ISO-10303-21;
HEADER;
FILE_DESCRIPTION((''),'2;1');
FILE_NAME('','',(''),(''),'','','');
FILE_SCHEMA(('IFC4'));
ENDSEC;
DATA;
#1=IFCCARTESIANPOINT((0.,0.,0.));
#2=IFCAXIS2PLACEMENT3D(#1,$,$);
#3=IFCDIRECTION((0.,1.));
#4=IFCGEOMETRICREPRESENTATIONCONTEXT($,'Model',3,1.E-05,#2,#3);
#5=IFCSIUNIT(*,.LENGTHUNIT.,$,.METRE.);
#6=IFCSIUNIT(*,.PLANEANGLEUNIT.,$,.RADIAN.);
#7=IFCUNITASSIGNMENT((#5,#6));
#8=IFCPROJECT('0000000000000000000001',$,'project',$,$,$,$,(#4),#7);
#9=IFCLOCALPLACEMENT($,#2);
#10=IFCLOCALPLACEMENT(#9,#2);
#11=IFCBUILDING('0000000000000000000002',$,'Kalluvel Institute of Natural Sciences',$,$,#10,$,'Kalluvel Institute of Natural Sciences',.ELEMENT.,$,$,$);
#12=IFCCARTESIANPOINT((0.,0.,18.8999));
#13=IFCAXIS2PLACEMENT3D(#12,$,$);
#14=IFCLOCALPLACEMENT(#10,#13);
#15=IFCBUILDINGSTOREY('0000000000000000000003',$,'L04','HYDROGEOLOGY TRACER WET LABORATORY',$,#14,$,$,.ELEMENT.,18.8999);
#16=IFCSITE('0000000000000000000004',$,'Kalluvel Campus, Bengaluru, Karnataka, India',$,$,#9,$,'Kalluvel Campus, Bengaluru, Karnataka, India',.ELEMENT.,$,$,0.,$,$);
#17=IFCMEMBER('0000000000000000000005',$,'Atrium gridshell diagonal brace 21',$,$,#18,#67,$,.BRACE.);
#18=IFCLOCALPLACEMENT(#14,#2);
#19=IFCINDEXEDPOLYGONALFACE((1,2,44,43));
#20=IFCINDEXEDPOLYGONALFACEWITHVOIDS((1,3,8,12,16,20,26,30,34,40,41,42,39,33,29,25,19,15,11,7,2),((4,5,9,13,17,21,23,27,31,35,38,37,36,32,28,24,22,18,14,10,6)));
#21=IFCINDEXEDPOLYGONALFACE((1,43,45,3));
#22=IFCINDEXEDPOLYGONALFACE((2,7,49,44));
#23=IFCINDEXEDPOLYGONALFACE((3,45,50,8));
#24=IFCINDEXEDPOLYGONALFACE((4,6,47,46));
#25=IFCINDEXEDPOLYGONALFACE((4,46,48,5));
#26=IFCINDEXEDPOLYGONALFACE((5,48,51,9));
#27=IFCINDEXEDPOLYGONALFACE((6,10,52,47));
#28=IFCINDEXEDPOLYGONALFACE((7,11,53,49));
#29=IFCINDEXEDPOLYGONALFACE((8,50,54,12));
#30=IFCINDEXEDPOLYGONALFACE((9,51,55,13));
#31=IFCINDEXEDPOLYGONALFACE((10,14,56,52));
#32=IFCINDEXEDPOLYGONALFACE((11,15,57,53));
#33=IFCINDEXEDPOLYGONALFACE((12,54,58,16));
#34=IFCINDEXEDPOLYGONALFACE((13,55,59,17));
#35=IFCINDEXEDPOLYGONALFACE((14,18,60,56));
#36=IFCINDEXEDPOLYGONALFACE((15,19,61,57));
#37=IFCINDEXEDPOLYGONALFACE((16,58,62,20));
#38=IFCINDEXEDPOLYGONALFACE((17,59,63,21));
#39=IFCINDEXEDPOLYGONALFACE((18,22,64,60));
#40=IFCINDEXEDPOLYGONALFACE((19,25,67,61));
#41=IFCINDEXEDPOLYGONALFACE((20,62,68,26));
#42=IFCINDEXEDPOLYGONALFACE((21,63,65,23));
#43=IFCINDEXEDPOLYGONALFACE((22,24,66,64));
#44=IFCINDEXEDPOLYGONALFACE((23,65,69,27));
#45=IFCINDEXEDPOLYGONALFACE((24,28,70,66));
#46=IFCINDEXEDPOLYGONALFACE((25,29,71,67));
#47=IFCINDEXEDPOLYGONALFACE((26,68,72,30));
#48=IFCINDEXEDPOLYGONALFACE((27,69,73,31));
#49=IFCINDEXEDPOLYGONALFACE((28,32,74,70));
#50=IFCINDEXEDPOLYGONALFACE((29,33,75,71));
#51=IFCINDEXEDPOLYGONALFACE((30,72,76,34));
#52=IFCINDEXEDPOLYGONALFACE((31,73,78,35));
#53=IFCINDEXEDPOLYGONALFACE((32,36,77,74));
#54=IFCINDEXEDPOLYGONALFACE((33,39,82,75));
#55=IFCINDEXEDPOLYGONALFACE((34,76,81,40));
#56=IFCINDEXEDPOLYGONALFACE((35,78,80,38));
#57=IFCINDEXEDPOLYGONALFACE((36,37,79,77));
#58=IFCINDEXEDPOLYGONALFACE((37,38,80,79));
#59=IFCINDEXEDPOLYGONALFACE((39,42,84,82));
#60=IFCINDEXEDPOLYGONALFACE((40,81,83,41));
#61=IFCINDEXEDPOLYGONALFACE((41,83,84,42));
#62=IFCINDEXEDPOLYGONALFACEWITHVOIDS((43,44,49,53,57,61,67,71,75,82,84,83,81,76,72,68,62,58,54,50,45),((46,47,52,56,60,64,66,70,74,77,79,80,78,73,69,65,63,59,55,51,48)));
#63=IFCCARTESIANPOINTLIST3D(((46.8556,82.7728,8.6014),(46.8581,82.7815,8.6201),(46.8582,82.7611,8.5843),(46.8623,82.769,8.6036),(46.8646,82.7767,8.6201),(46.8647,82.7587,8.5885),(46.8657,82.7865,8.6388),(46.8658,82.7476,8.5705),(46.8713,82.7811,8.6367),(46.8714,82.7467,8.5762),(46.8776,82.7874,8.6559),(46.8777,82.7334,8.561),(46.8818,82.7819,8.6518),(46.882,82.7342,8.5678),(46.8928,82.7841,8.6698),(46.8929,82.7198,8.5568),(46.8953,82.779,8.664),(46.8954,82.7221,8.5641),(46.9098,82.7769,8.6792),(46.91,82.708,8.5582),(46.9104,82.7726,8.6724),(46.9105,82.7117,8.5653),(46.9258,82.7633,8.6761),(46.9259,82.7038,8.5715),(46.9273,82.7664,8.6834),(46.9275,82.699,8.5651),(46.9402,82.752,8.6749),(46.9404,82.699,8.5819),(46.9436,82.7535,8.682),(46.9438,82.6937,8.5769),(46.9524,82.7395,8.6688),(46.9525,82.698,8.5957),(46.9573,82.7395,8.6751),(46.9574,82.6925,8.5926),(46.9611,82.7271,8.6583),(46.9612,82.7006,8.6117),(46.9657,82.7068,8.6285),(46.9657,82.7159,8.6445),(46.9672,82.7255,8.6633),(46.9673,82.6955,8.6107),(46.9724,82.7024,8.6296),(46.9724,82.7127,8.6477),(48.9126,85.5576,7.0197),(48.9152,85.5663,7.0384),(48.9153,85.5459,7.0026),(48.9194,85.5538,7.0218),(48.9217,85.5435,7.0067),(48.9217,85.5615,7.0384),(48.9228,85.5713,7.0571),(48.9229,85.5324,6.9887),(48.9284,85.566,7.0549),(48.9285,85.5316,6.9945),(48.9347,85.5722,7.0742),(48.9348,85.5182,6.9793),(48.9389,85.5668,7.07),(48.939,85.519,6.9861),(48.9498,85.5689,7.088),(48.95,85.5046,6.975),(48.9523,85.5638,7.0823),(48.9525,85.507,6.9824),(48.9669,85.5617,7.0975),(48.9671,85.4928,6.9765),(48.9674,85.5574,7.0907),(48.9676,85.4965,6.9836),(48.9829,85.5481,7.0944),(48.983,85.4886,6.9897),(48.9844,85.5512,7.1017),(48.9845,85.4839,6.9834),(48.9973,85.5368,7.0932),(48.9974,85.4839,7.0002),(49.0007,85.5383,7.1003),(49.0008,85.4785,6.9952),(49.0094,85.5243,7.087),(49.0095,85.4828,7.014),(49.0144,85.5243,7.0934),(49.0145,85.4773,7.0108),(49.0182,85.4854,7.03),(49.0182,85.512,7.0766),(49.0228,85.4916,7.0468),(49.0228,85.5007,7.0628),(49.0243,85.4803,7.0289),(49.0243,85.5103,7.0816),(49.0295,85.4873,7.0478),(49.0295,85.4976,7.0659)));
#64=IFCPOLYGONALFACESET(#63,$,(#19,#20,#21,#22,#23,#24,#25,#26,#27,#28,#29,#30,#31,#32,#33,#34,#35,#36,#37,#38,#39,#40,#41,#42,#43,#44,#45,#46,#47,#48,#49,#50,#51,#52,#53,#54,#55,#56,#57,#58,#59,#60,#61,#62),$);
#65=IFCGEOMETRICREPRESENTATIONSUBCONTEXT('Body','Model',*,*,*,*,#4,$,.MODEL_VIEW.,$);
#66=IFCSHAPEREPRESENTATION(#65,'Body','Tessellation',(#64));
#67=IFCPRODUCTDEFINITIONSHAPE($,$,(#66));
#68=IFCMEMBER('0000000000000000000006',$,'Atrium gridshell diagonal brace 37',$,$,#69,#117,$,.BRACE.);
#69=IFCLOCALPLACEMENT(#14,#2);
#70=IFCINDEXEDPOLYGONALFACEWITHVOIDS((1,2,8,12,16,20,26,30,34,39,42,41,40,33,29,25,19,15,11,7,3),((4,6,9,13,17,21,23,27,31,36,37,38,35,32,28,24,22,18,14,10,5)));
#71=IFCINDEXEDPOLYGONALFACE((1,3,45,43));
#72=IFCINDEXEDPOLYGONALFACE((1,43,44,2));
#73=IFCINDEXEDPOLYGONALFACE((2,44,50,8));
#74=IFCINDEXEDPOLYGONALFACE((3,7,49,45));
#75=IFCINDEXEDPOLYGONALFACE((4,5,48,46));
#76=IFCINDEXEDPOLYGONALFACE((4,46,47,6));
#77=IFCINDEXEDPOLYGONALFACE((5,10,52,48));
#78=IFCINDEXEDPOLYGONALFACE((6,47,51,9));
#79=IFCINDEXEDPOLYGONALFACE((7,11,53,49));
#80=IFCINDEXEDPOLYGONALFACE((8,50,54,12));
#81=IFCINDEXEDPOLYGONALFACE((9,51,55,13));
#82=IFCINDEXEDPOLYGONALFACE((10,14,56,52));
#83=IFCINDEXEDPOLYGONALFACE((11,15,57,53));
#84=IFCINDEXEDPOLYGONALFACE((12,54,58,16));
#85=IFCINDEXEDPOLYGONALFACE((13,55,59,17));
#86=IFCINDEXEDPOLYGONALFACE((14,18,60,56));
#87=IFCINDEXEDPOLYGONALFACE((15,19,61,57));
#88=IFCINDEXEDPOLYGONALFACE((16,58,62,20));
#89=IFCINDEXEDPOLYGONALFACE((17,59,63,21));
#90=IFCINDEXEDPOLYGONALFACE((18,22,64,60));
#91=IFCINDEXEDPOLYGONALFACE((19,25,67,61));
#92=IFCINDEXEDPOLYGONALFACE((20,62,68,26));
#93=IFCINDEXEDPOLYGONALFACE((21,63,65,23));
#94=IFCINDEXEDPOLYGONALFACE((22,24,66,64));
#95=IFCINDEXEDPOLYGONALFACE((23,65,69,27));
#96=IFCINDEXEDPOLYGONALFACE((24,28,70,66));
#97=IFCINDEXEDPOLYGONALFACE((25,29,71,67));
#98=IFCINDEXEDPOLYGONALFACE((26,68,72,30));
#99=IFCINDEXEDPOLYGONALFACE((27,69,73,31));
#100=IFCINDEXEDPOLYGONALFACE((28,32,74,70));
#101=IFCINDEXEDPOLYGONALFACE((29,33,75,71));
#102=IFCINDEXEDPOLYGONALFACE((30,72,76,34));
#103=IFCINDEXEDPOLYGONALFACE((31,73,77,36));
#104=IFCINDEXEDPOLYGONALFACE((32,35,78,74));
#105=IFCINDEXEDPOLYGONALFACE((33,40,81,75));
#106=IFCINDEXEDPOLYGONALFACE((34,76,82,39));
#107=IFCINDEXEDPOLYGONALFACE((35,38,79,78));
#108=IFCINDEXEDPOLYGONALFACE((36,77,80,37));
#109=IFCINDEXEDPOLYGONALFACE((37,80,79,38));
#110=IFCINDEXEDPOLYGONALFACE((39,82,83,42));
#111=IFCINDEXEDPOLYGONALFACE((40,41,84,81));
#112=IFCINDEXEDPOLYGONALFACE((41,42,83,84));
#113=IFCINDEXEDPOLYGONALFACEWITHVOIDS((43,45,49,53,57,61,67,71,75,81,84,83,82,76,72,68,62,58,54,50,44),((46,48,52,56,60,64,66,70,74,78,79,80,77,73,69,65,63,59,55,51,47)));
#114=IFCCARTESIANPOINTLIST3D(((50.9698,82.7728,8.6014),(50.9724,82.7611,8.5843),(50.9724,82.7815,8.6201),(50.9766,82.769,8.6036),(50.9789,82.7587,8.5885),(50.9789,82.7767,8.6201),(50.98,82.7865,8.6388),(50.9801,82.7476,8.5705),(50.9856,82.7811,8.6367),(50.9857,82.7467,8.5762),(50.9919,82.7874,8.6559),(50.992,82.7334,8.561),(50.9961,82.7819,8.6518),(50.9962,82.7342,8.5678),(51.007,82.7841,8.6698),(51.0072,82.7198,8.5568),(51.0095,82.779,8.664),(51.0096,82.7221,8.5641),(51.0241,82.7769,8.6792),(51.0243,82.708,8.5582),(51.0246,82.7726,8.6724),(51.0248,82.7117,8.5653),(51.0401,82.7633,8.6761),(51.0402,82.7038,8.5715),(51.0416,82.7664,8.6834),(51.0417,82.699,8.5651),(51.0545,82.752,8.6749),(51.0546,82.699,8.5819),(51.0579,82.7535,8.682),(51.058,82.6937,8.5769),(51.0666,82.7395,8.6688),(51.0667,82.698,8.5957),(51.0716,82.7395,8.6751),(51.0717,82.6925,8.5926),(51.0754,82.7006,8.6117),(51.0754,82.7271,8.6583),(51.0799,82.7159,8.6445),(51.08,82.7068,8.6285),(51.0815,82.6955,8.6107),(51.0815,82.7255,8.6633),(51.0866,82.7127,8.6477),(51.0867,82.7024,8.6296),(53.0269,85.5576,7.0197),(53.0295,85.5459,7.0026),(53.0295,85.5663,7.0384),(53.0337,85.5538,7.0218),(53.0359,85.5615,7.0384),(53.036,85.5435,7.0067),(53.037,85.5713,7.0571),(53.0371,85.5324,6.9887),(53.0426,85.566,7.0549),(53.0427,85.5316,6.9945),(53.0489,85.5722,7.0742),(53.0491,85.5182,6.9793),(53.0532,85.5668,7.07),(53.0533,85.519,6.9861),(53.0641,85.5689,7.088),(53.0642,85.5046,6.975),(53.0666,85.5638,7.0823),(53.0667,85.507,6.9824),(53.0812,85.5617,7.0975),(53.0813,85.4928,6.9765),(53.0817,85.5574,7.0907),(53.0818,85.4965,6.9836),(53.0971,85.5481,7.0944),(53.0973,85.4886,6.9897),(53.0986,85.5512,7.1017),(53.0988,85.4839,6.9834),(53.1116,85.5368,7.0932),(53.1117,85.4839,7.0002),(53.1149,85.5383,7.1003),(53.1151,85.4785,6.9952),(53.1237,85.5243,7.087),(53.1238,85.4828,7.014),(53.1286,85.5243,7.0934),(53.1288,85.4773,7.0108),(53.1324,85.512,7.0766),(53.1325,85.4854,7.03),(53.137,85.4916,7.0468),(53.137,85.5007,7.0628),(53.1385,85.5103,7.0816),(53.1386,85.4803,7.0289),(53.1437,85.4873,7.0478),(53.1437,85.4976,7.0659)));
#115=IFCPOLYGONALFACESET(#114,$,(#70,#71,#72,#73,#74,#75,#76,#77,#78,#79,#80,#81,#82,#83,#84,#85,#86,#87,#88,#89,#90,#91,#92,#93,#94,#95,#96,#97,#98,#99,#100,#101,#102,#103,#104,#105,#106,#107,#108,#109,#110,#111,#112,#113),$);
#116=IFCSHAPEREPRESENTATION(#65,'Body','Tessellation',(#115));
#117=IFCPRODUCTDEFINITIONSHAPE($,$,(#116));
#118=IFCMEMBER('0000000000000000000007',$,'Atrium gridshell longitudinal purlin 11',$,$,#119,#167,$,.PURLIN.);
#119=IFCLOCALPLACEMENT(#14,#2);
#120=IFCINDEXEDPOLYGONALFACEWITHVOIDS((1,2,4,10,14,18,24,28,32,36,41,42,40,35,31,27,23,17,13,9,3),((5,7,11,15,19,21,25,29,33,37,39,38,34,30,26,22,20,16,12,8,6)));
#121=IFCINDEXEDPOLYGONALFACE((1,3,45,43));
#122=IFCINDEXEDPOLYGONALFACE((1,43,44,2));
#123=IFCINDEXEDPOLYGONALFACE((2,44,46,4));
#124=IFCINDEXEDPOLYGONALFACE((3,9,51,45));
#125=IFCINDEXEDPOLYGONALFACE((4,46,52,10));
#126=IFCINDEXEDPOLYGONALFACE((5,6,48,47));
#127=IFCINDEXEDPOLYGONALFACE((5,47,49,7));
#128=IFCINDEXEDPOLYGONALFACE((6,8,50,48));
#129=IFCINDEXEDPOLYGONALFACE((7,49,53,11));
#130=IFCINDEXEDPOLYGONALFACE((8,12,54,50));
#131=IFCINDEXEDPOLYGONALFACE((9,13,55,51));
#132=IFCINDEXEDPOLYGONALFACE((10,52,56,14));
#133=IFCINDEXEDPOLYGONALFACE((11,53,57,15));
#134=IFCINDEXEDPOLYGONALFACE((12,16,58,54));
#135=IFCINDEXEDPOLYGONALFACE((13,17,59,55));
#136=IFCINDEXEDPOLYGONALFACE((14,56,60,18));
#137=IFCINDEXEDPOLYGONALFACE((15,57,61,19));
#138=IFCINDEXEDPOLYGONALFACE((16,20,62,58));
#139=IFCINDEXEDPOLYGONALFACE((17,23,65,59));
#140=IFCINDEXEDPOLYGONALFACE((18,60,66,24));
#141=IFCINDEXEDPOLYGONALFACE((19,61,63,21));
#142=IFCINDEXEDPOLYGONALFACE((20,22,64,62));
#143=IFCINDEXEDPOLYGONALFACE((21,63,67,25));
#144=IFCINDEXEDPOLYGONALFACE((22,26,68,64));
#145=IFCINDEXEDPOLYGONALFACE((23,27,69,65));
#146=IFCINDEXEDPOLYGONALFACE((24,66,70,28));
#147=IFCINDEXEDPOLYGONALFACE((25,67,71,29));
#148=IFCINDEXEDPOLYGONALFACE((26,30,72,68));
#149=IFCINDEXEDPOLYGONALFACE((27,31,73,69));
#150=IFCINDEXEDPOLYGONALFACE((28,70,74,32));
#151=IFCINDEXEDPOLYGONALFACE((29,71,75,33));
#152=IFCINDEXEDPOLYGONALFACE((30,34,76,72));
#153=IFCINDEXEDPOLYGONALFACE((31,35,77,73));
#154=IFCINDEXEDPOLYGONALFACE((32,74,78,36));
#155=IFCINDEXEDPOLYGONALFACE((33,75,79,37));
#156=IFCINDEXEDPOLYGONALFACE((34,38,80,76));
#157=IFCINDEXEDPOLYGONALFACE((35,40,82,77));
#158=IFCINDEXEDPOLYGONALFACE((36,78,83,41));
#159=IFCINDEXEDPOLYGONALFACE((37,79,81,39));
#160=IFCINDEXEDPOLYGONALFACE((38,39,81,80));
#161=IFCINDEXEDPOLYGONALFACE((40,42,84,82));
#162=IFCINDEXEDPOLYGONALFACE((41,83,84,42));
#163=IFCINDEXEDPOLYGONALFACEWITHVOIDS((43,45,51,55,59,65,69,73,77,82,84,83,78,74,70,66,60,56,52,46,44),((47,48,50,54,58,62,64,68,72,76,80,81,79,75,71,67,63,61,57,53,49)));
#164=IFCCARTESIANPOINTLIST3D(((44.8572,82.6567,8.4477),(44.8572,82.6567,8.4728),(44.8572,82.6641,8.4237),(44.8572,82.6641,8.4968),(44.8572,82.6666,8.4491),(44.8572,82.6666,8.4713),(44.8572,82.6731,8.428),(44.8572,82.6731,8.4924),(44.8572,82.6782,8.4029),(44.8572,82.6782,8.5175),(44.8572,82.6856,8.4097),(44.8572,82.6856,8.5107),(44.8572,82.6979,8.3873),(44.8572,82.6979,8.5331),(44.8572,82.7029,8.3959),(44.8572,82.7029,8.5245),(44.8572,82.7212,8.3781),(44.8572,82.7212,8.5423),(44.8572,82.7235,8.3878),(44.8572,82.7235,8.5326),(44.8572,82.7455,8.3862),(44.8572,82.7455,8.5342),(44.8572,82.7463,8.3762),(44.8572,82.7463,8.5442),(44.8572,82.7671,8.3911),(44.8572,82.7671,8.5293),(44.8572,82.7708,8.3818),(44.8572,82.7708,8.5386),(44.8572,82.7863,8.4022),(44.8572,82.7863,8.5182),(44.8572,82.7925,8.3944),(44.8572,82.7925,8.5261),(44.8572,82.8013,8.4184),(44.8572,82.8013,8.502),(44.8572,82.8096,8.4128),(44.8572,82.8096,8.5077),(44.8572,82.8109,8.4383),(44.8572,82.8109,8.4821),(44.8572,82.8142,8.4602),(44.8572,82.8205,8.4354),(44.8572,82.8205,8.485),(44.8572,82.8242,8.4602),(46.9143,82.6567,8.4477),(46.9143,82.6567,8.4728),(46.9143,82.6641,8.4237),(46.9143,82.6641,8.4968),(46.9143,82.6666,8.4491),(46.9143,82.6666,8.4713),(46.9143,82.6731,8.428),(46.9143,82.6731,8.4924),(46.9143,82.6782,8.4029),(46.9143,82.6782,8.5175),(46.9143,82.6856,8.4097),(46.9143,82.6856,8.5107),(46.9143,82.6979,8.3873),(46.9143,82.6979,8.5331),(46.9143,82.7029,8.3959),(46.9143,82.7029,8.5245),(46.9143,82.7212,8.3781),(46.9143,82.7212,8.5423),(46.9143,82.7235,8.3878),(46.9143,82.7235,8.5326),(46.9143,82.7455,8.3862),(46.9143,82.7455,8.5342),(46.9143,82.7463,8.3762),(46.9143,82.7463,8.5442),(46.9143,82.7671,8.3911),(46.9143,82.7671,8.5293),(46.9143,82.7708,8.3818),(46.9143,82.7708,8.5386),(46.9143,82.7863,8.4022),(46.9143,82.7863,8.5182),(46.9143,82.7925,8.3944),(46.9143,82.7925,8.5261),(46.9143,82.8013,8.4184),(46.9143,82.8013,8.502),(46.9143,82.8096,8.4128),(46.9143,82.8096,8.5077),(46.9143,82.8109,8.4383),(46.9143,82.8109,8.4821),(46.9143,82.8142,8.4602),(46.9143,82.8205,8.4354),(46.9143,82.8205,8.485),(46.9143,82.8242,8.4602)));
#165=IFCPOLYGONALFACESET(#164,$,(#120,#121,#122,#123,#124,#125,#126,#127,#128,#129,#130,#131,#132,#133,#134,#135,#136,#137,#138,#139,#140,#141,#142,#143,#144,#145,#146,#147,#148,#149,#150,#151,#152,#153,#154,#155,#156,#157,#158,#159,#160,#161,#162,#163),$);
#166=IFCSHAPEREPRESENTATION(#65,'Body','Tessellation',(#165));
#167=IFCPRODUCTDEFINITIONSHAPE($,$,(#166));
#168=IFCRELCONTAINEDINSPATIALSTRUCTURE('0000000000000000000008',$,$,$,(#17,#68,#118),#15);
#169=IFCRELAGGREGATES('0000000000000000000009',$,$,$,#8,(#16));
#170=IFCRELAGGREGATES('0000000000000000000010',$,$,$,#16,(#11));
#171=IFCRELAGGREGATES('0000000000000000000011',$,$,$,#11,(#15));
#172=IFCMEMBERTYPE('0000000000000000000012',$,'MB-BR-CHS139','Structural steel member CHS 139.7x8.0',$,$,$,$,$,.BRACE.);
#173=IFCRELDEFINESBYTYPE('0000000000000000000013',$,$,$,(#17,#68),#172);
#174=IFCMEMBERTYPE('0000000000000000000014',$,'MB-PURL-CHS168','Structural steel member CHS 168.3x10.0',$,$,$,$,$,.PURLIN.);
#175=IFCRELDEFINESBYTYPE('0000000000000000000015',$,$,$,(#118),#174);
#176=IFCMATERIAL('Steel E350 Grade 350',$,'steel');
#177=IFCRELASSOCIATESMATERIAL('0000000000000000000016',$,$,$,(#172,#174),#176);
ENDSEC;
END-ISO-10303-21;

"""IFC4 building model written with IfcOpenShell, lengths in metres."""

from ifc_helpers import new_model, si_unit, direction, frame, origin, origin_2d, place, context, subcontext, project, spatial, hollow_circle, extrude, material, material_profile, profile_set, type_object, element, save


model = new_model("IFC4")

# Units and contexts
model_context = context("Model", 3, precision=1e-05, world=origin(), true_north=direction((0.0, 1.0)))
body_context = subcontext(model_context, "Body", "Model", "MODEL_VIEW")
ifc_project = project(units=[si_unit("LENGTHUNIT", "METRE"), si_unit("PLANEANGLEUNIT", "RADIAN")], contexts=[model_context])

# Site, building, storey
site_placement = place(None, origin())
site = spatial("IfcSite", under=ifc_project, at=site_placement, Name="Kalluvel Campus, Bengaluru, Karnataka, India", LongName="Kalluvel Campus, Bengaluru, Karnataka, India", CompositionType="ELEMENT", RefElevation=0.0)
building_placement = place(site_placement, origin())
building = spatial("IfcBuilding", under=site, at=building_placement, Name="Kalluvel Institute of Natural Sciences", LongName="Kalluvel Institute of Natural Sciences", CompositionType="ELEMENT")
storey_placement = place(building_placement, frame((0.0, 0.0, 18.8999)))
storey = spatial("IfcBuildingStorey", under=building, at=storey_placement, Name="L04", Description="HYDROGEOLOGY TRACER WET LABORATORY", CompositionType="ELEMENT", Elevation=18.8999)

# Members
ifc_material_1 = material(Name="Steel E350 Grade 350", Category="steel")
ifc_material_profile_1 = material_profile(ifc_material_1, hollow_circle(Radius=0.0698, WallThickness=0.0081, at=origin_2d()), Name="CHS 139.7x8.0")
ifc_profile_set_1 = profile_set([ifc_material_profile_1], Name="Steel E350 Grade 350")
member_type_1 = type_object("IfcMemberType", Name="MB-BR-CHS139", Description="Structural steel member CHS 139.7x8.0", PredefinedType="BRACE", material=ifc_profile_set_1)
for number, where, z_axis, x_axis, name in (
    (1, (46.9143, 82.74, 8.6201), (0.540423, 0.731617, -0.415547), (-0.804353, 0.594151, 0.0), "Atrium gridshell diagonal brace 21"),
    (2, (51.0286, 82.74, 8.6201), (0.540423, 0.731617, -0.415547), (-0.804353, 0.594151, 0.0), "Atrium gridshell diagonal brace 37"),
):
    element("IfcMember", number, at=place(storey_placement, frame(where, z_axis=z_axis, x_axis=x_axis)), inside=storey, type_object=member_type_1, Name=name, PredefinedType="BRACE", context=body_context, shape_type="SweptSolid", body=[
        extrude(hollow_circle(Radius=0.0698, WallThickness=0.0081, at=origin_2d()), origin(), (0.0, 0.0, 1.0), 3.8064),
    ])
ifc_material_profile_2 = material_profile(ifc_material_1, hollow_circle(Radius=0.0842, WallThickness=0.01, at=origin_2d()), Name="CHS 168.3x10.0")
ifc_profile_set_2 = profile_set([ifc_material_profile_2], Name="Steel E350 Grade 350")
member_type_2 = type_object("IfcMemberType", Name="MB-PURL-CHS168", Description="Structural steel member CHS 168.3x10.0", PredefinedType="PURLIN", material=ifc_profile_set_2)
for number, where, z_axis, x_axis, name in (
    (3, (44.8572, 82.74, 8.4602), (1.0, 0.0, 0.0), (0.0, 1.0, 0.0), "Atrium gridshell longitudinal purlin 11"),
):
    element("IfcMember", number, at=place(storey_placement, frame(where, z_axis=z_axis, x_axis=x_axis)), inside=storey, type_object=member_type_2, Name=name, PredefinedType="PURLIN", context=body_context, shape_type="SweptSolid", body=[
        extrude(hollow_circle(Radius=0.0842, WallThickness=0.01, at=origin_2d()), origin(), (0.0, 0.0, 1.0), 2.0571),
    ])

save(model, "model.ifc")
